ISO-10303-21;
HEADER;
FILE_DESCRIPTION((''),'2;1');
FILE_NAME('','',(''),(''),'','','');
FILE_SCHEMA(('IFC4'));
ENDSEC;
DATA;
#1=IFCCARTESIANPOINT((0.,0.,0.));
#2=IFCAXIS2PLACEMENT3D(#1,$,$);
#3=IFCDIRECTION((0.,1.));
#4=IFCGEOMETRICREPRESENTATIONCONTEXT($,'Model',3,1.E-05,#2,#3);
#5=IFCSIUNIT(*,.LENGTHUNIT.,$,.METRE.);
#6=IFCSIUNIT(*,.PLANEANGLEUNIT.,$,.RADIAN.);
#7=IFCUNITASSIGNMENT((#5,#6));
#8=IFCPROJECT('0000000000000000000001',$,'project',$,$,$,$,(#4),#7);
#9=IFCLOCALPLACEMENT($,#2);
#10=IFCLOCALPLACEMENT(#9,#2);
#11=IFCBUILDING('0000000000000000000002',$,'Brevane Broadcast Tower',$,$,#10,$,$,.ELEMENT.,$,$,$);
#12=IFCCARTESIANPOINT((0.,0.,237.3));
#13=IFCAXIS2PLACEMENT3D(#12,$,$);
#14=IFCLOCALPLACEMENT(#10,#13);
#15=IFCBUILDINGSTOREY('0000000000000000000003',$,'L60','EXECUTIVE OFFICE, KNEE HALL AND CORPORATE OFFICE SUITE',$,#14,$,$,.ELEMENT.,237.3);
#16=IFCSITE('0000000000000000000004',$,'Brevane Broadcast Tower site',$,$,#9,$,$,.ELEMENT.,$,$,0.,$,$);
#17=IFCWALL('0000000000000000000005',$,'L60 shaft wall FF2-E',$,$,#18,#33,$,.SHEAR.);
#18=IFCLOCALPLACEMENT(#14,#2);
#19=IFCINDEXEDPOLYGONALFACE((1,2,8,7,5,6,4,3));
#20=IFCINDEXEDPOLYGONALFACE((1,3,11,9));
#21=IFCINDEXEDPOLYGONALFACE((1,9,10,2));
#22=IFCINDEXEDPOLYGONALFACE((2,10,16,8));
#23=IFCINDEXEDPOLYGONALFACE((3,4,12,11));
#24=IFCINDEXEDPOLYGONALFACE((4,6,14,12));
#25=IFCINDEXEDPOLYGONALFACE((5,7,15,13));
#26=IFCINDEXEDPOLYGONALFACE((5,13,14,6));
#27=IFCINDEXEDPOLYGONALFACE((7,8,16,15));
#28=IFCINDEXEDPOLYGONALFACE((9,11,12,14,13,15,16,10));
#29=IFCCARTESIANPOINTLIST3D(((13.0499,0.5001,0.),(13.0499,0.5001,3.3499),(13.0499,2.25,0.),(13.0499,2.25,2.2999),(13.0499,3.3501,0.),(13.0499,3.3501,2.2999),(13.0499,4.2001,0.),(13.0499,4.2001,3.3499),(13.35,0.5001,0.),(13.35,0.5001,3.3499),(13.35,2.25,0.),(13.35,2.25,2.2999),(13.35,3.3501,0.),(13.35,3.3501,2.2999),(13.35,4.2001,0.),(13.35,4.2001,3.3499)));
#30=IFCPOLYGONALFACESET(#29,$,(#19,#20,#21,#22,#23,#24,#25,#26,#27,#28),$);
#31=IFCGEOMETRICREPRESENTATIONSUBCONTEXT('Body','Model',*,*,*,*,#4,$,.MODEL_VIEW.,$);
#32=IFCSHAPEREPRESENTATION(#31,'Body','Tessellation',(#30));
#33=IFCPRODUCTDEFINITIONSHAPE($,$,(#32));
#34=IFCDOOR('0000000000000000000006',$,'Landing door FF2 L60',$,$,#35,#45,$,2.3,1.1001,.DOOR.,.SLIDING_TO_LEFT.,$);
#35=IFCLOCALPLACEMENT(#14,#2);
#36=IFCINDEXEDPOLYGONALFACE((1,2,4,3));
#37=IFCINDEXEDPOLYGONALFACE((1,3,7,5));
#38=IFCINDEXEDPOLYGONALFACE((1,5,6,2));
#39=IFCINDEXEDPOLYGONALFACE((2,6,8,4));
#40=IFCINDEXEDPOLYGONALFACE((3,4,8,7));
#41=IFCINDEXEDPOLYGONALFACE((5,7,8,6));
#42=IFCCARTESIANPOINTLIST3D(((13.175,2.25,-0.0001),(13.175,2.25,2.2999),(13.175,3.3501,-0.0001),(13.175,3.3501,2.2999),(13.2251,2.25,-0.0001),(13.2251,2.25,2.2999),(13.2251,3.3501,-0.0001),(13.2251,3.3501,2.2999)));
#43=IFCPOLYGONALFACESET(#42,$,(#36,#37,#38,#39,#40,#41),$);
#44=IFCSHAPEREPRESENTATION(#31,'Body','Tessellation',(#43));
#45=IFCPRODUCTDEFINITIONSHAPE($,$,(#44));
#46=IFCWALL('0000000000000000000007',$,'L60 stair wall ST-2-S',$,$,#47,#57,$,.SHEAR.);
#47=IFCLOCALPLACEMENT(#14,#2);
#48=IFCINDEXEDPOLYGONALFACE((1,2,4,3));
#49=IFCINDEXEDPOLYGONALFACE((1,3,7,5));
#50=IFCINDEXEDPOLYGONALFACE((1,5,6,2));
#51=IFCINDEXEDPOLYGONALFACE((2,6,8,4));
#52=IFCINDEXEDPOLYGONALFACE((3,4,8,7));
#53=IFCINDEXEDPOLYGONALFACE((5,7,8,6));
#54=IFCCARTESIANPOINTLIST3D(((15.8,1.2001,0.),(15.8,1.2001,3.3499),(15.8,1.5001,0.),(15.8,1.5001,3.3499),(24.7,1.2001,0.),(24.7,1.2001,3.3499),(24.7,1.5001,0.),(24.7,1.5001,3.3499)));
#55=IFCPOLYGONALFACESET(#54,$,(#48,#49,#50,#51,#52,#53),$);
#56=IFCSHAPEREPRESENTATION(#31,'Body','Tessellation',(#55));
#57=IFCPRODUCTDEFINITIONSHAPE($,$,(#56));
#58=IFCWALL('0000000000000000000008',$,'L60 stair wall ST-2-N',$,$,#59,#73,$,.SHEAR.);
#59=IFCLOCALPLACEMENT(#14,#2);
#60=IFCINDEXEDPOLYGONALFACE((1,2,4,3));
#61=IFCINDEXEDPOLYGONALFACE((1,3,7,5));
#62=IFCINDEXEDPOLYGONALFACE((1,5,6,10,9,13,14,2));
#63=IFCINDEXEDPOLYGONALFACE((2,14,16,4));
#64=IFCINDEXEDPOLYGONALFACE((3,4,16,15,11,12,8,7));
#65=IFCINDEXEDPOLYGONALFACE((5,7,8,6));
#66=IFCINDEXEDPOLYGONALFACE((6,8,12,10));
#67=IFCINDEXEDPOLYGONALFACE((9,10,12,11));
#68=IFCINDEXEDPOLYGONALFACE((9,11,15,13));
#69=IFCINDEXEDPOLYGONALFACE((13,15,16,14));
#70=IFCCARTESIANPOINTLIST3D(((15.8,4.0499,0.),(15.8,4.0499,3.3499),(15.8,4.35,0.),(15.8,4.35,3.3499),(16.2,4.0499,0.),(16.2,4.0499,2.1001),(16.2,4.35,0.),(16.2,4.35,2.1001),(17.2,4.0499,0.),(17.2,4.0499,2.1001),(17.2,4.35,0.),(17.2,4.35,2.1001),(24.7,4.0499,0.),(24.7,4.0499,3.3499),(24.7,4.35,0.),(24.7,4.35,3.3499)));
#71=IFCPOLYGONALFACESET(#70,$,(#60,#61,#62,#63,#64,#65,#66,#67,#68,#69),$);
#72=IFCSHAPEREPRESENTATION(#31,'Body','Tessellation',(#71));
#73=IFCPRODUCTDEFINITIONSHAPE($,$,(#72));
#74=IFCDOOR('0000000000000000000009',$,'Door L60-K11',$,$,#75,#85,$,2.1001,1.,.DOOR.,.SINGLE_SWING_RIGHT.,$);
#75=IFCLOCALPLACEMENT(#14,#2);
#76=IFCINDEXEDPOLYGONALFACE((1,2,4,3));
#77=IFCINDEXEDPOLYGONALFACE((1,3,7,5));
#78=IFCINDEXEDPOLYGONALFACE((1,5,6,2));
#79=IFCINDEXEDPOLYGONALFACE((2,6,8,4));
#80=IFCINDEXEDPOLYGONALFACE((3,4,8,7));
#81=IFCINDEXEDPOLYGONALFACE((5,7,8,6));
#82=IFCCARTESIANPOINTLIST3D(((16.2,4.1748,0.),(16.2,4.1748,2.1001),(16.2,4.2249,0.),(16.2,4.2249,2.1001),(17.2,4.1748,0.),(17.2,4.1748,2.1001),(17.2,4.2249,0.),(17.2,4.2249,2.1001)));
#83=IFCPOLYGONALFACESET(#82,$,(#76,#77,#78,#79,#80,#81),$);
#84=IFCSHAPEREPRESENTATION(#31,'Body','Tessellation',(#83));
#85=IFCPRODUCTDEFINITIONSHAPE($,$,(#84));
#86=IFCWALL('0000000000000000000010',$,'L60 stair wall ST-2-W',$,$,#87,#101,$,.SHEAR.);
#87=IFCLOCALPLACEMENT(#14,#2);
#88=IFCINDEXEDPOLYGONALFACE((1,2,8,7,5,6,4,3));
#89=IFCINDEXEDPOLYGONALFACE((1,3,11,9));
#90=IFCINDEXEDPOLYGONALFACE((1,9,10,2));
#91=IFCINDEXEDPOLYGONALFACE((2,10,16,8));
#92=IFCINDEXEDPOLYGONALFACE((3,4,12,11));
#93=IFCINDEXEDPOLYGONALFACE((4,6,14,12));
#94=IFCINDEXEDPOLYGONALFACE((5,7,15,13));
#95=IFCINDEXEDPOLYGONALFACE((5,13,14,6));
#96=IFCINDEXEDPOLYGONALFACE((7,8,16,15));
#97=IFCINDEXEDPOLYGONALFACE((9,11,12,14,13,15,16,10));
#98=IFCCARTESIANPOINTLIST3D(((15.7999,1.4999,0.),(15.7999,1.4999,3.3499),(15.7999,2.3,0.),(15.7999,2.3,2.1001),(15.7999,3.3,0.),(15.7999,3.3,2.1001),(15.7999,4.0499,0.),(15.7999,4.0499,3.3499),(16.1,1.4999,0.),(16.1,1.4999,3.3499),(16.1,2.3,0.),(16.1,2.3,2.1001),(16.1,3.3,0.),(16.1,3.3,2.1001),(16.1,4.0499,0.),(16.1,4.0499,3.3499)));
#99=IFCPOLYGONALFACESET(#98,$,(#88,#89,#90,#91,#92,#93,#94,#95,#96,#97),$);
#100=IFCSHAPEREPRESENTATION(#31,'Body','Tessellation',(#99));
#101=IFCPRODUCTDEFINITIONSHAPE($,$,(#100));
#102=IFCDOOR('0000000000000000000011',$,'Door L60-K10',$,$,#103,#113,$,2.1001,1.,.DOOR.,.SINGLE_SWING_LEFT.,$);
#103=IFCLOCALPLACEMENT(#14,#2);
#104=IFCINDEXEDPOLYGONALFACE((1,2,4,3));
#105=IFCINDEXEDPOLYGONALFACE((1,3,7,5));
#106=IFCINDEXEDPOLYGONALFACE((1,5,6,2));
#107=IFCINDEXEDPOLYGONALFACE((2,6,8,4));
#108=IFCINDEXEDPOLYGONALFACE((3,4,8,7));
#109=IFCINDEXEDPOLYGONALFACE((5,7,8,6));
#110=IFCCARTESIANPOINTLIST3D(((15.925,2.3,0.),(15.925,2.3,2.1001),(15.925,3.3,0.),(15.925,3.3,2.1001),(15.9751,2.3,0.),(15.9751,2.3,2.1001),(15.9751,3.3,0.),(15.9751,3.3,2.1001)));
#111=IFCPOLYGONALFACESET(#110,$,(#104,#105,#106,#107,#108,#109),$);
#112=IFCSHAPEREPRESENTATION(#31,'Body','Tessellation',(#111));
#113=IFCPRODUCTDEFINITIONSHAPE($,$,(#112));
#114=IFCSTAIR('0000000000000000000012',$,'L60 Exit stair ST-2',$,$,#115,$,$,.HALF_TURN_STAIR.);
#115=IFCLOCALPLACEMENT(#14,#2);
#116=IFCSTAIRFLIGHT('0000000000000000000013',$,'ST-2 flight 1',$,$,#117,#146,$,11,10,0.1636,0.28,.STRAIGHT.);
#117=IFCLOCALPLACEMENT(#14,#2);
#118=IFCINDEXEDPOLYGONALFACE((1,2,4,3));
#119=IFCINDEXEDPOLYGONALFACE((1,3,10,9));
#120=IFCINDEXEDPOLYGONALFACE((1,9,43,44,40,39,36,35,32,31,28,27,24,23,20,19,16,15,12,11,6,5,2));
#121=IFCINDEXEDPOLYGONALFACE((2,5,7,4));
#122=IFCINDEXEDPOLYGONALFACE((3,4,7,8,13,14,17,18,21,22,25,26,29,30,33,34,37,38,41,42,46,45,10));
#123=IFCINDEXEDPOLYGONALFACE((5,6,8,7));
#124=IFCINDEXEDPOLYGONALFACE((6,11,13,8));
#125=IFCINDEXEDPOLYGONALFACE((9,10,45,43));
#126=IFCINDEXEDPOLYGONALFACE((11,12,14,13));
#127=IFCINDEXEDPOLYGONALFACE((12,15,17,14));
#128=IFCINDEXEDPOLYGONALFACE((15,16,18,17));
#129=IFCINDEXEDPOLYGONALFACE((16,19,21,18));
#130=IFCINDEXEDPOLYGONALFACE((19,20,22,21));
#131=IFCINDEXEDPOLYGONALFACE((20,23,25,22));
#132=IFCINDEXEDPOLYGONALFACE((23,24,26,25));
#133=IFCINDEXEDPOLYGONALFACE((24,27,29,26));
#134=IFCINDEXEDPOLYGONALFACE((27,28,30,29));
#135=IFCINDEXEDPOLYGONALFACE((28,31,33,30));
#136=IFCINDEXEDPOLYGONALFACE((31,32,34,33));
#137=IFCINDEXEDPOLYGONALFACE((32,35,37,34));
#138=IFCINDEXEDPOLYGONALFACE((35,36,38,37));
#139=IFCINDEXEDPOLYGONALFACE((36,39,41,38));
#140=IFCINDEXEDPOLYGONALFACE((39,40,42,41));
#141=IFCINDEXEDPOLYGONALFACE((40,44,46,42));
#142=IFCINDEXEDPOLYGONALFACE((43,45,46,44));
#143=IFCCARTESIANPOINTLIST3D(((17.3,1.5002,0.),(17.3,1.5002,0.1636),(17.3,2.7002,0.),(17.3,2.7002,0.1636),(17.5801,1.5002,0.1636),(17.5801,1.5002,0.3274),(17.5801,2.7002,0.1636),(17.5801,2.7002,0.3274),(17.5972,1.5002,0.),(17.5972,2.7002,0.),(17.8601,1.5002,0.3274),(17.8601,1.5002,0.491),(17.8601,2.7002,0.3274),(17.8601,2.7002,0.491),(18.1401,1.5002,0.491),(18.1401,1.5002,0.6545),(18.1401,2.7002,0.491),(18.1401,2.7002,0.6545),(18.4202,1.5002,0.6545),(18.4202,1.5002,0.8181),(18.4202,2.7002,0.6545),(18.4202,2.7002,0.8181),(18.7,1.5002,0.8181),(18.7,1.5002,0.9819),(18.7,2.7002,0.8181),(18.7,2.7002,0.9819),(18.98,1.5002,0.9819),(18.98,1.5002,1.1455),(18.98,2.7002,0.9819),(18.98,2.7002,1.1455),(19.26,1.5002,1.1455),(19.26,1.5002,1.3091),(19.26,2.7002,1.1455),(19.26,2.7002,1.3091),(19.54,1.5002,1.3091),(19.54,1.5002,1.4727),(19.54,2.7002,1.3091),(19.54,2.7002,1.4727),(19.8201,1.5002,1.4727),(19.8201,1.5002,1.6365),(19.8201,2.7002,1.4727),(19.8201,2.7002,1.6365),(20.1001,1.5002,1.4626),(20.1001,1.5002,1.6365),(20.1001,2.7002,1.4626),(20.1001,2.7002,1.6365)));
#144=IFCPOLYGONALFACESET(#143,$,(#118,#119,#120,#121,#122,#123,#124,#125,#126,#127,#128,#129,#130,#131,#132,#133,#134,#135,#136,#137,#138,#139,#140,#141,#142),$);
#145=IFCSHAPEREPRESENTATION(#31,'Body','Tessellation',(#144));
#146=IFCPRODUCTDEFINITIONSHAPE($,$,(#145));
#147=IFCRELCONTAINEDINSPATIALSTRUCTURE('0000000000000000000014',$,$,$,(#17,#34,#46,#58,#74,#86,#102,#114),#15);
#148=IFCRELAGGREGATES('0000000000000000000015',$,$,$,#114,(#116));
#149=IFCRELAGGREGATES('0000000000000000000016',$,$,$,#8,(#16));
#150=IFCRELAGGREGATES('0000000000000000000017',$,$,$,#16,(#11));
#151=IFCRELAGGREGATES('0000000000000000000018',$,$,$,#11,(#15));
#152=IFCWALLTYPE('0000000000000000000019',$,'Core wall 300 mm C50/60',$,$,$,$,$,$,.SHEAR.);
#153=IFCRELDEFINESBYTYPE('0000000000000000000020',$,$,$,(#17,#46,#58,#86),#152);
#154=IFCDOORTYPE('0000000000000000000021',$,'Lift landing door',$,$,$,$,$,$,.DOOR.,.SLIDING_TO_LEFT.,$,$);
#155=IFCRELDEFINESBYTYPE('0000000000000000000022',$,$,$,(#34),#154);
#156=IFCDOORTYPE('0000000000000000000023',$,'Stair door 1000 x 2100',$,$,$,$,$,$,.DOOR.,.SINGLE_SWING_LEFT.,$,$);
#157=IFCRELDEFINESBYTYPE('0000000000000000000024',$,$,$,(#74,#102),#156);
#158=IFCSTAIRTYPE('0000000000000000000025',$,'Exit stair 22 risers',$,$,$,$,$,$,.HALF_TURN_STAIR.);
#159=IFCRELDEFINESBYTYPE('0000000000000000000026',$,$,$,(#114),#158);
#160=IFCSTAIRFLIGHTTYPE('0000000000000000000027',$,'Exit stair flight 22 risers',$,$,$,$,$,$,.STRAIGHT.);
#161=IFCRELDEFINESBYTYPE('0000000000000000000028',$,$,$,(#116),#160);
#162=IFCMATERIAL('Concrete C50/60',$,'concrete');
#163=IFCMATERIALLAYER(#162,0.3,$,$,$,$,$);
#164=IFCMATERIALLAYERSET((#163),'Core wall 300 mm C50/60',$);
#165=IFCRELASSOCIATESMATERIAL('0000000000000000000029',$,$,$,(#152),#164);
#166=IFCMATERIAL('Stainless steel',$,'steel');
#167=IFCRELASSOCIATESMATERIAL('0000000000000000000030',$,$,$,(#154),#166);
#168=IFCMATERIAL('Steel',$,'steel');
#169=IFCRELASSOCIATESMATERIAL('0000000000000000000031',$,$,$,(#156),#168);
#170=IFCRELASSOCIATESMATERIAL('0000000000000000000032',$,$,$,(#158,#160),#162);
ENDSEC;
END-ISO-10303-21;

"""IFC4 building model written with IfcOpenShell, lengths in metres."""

from ifc_helpers import new_model, si_unit, direction, frame, frame_2d, origin, place, context, subcontext, project, spatial, polyline, rectangle, outline, extrude, material, layer, layer_set, type_object, element, fill, aggregate, save


model = new_model("IFC4")

# Units and contexts
model_context = context("Model", 3, precision=1e-05, world=origin(), true_north=direction((0.0, 1.0)))
body_context = subcontext(model_context, "Body", "Model", "MODEL_VIEW")
ifc_project = project(units=[si_unit("LENGTHUNIT", "METRE"), si_unit("PLANEANGLEUNIT", "RADIAN")], contexts=[model_context])

# Site, building, storey
site_placement = place(None, origin())
site = spatial("IfcSite", under=ifc_project, at=site_placement, Name="Brevane Broadcast Tower site", CompositionType="ELEMENT", RefElevation=0.0)
building_placement = place(site_placement, origin())
building = spatial("IfcBuilding", under=site, at=building_placement, Name="Brevane Broadcast Tower", CompositionType="ELEMENT")
storey_placement = place(building_placement, frame((0.0, 0.0, 237.3)))
storey = spatial("IfcBuildingStorey", under=building, at=storey_placement, Name="L60", Description="EXECUTIVE OFFICE, KNEE HALL AND CORPORATE OFFICE SUITE", CompositionType="ELEMENT", Elevation=237.3)

# Shared definitions
ifc_material_1 = material(Name="Concrete C50/60", Category="concrete")
ifc_layer_1 = layer(ifc_material_1, 0.3)
ifc_layer_set_1 = layer_set([ifc_layer_1], Name="Core wall 300 mm C50/60")
wall_type_1 = type_object("IfcWallType", Name="Core wall 300 mm C50/60", PredefinedType="SHEAR", material=ifc_layer_set_1)

# Wall, opening, door
wall_1_placement = place(storey_placement, frame((13.2, 0.5, 0.0), z_axis=(0.0, 0.0, 1.0), x_axis=(0.0, 1.0, 0.0)))
wall_1 = element("IfcWall", 1, at=wall_1_placement, inside=storey, type_object=wall_type_1, Name="L60 shaft wall FF2-E", PredefinedType="SHEAR", context=body_context, shape_type="SweptSolid", body=[
    extrude(rectangle(XDim=3.7, YDim=0.3, at=frame_2d((1.8501, 0.0))), origin(), (0.0, 0.0, 1.0), 3.3499),
])
opening_1_placement = place(wall_1_placement, frame((1.75, 0.0, 0.0)))
opening_1 = element("IfcOpeningElement", 2, at=opening_1_placement, cuts=wall_1, PredefinedType="OPENING", context=body_context, shape_type="SweptSolid", body=[
    extrude(rectangle(XDim=1.1001, YDim=2.3, at=frame_2d((0.55, 1.1499))), frame((0.0, 0.1599, 0.0), z_axis=(0.0, -1.0, 0.0), x_axis=(1.0, 0.0, 0.0)), (0.0, 0.0, 1.0), 0.3201),
])
ifc_material_2 = material(Name="Stainless steel", Category="steel")
door_type_1 = type_object("IfcDoorType", Name="Lift landing door", OperationType="SLIDING_TO_LEFT", PredefinedType="DOOR", material=ifc_material_2)
door_1_placement = place(opening_1_placement, origin())
door_1 = element("IfcDoor", 3, at=door_1_placement, inside=storey, type_object=door_type_1, Name="Landing door FF2 L60", OperationType="SLIDING_TO_LEFT", OverallHeight=2.3, OverallWidth=1.1001, PredefinedType="DOOR", context=body_context, shape_type="SweptSolid", body=[
    extrude(rectangle(XDim=1.1001, YDim=2.3, at=frame_2d((0.55, 1.1499))), frame((0.0, 0.0249, 0.0), z_axis=(0.0, -1.0, 0.0), x_axis=(1.0, 0.0, 0.0)), (0.0, 0.0, 1.0), 0.05),
])
fill(opening_1, door_1)

# Wall
wall_2_placement = place(storey_placement, frame((15.8, 1.3501, 0.0), z_axis=(0.0, 0.0, 1.0), x_axis=(1.0, 0.0, 0.0)))
element("IfcWall", 4, at=wall_2_placement, inside=storey, type_object=wall_type_1, Name="L60 stair wall ST-2-S", PredefinedType="SHEAR", context=body_context, shape_type="SweptSolid", body=[
    extrude(rectangle(XDim=8.8999, YDim=0.3, at=frame_2d((4.45, 0.0))), origin(), (0.0, 0.0, 1.0), 3.3499),
])

# Walls, openings, doors
wall_3_placement = place(storey_placement, frame((15.8, 4.2, 0.0), z_axis=(0.0, 0.0, 1.0), x_axis=(1.0, 0.0, 0.0)))
wall_3 = element("IfcWall", 5, at=wall_3_placement, inside=storey, type_object=wall_type_1, Name="L60 stair wall ST-2-N", PredefinedType="SHEAR", context=body_context, shape_type="SweptSolid", body=[
    extrude(rectangle(XDim=8.8999, YDim=0.3, at=frame_2d((4.45, 0.0))), origin(), (0.0, 0.0, 1.0), 3.3499),
])
opening_2_placement = place(wall_3_placement, frame((0.3999, 0.0, 0.0)))
opening_2 = element("IfcOpeningElement", 6, at=opening_2_placement, cuts=wall_3, PredefinedType="OPENING", context=body_context, shape_type="SweptSolid", body=[
    extrude(rectangle(XDim=1.0, YDim=2.1001, at=frame_2d((0.5, 1.05))), frame((0.0, 0.1599, 0.0), z_axis=(0.0, -1.0, 0.0), x_axis=(1.0, 0.0, 0.0)), (0.0, 0.0, 1.0), 0.3201),
])
ifc_material_3 = material(Name="Steel", Category="steel")
door_type_2 = type_object("IfcDoorType", Name="Stair door 1000 x 2100", OperationType="SINGLE_SWING_LEFT", PredefinedType="DOOR", material=ifc_material_3)
door_2_placement = place(opening_2_placement, origin())
door_2 = element("IfcDoor", 7, at=door_2_placement, inside=storey, type_object=door_type_2, Name="Door L60-K11", OperationType="SINGLE_SWING_RIGHT", OverallHeight=2.1001, OverallWidth=1.0, PredefinedType="DOOR", context=body_context, shape_type="SweptSolid", body=[
    extrude(rectangle(XDim=1.0, YDim=2.1001, at=frame_2d((0.5, 1.05))), frame((0.0, 0.0249, 0.0), z_axis=(0.0, -1.0, 0.0), x_axis=(1.0, 0.0, 0.0)), (0.0, 0.0, 1.0), 0.05),
])
fill(opening_2, door_2)
wall_4_placement = place(storey_placement, frame((15.95, 1.5, 0.0), z_axis=(0.0, 0.0, 1.0), x_axis=(0.0, 1.0, 0.0)))
wall_4 = element("IfcWall", 8, at=wall_4_placement, inside=storey, type_object=wall_type_1, Name="L60 stair wall ST-2-W", PredefinedType="SHEAR", context=body_context, shape_type="SweptSolid", body=[
    extrude(rectangle(XDim=2.55, YDim=0.3, at=frame_2d((1.2749, 0.0))), origin(), (0.0, 0.0, 1.0), 3.3499),
])
opening_3_placement = place(wall_4_placement, frame((0.8, 0.0, 0.0)))
opening_3 = element("IfcOpeningElement", 9, at=opening_3_placement, cuts=wall_4, PredefinedType="OPENING", context=body_context, shape_type="SweptSolid", body=[
    extrude(rectangle(XDim=1.0, YDim=2.1001, at=frame_2d((0.5, 1.05))), frame((0.0, 0.1599, 0.0), z_axis=(0.0, -1.0, 0.0), x_axis=(1.0, 0.0, 0.0)), (0.0, 0.0, 1.0), 0.3201),
])
door_3_placement = place(opening_3_placement, origin())
door_3 = element("IfcDoor", 10, at=door_3_placement, inside=storey, type_object=door_type_2, Name="Door L60-K10", OperationType="SINGLE_SWING_LEFT", OverallHeight=2.1001, OverallWidth=1.0, PredefinedType="DOOR", context=body_context, shape_type="SweptSolid", body=[
    extrude(rectangle(XDim=1.0, YDim=2.1001, at=frame_2d((0.5, 1.05))), frame((0.0, 0.0249, 0.0), z_axis=(0.0, -1.0, 0.0), x_axis=(1.0, 0.0, 0.0)), (0.0, 0.0, 1.0), 0.05),
])
fill(opening_3, door_3)

# Stair, stair flight
stair_type = type_object("IfcStairType", Name="Exit stair 22 risers", PredefinedType="HALF_TURN_STAIR", material=ifc_material_1)
stair_placement = place(storey_placement, origin())
stair = element("IfcStair", 11, at=stair_placement, inside=storey, type_object=stair_type, Name="L60 Exit stair ST-2", PredefinedType="HALF_TURN_STAIR")
stair_flight_type = type_object("IfcStairFlightType", Name="Exit stair flight 22 risers", PredefinedType="STRAIGHT", material=ifc_material_1)
stair_flight_placement = place(storey_placement, frame((17.3, 2.1001, 0.0), z_axis=(0.0, 0.0, 1.0), x_axis=(1.0, 0.0, 0.0)))
stair_flight = element("IfcStairFlight", 12, at=stair_flight_placement, type_object=stair_flight_type, Name="ST-2 flight 1", NumberOfRisers=11, NumberOfTreads=10, PredefinedType="STRAIGHT", RiserHeight=0.1636, TreadLength=0.28, context=body_context, shape_type="SweptSolid", body=[
    extrude(outline(polyline([(0.0, 0.0), (0.0, 0.1636), (0.28, 0.1636), (0.28, 0.3274), (0.5601, 0.3274), (0.5601, 0.491), (0.8401, 0.491), (0.8401, 0.6545), (1.1201, 0.6545), (1.1201, 0.8181), (1.3999, 0.8181), (1.3999, 0.9819), (1.6799, 0.9819), (1.6799, 1.1455), (1.96, 1.1455), (1.96, 1.3091), (2.24, 1.3091), (2.24, 1.4727), (2.52, 1.4727), (2.52, 1.6365), (2.8, 1.6365), (2.8, 1.8), (2.8, 1.4626), (0.2971, 0.0), (0.0, 0.0)])), frame((0.0, 0.6001, 0.0), z_axis=(0.0, -1.0, 0.0), x_axis=(1.0, 0.0, 0.0)), (0.0, 0.0, 1.0), 1.2),
])
aggregate(stair, [stair_flight])

save(model, "model.ifc")
